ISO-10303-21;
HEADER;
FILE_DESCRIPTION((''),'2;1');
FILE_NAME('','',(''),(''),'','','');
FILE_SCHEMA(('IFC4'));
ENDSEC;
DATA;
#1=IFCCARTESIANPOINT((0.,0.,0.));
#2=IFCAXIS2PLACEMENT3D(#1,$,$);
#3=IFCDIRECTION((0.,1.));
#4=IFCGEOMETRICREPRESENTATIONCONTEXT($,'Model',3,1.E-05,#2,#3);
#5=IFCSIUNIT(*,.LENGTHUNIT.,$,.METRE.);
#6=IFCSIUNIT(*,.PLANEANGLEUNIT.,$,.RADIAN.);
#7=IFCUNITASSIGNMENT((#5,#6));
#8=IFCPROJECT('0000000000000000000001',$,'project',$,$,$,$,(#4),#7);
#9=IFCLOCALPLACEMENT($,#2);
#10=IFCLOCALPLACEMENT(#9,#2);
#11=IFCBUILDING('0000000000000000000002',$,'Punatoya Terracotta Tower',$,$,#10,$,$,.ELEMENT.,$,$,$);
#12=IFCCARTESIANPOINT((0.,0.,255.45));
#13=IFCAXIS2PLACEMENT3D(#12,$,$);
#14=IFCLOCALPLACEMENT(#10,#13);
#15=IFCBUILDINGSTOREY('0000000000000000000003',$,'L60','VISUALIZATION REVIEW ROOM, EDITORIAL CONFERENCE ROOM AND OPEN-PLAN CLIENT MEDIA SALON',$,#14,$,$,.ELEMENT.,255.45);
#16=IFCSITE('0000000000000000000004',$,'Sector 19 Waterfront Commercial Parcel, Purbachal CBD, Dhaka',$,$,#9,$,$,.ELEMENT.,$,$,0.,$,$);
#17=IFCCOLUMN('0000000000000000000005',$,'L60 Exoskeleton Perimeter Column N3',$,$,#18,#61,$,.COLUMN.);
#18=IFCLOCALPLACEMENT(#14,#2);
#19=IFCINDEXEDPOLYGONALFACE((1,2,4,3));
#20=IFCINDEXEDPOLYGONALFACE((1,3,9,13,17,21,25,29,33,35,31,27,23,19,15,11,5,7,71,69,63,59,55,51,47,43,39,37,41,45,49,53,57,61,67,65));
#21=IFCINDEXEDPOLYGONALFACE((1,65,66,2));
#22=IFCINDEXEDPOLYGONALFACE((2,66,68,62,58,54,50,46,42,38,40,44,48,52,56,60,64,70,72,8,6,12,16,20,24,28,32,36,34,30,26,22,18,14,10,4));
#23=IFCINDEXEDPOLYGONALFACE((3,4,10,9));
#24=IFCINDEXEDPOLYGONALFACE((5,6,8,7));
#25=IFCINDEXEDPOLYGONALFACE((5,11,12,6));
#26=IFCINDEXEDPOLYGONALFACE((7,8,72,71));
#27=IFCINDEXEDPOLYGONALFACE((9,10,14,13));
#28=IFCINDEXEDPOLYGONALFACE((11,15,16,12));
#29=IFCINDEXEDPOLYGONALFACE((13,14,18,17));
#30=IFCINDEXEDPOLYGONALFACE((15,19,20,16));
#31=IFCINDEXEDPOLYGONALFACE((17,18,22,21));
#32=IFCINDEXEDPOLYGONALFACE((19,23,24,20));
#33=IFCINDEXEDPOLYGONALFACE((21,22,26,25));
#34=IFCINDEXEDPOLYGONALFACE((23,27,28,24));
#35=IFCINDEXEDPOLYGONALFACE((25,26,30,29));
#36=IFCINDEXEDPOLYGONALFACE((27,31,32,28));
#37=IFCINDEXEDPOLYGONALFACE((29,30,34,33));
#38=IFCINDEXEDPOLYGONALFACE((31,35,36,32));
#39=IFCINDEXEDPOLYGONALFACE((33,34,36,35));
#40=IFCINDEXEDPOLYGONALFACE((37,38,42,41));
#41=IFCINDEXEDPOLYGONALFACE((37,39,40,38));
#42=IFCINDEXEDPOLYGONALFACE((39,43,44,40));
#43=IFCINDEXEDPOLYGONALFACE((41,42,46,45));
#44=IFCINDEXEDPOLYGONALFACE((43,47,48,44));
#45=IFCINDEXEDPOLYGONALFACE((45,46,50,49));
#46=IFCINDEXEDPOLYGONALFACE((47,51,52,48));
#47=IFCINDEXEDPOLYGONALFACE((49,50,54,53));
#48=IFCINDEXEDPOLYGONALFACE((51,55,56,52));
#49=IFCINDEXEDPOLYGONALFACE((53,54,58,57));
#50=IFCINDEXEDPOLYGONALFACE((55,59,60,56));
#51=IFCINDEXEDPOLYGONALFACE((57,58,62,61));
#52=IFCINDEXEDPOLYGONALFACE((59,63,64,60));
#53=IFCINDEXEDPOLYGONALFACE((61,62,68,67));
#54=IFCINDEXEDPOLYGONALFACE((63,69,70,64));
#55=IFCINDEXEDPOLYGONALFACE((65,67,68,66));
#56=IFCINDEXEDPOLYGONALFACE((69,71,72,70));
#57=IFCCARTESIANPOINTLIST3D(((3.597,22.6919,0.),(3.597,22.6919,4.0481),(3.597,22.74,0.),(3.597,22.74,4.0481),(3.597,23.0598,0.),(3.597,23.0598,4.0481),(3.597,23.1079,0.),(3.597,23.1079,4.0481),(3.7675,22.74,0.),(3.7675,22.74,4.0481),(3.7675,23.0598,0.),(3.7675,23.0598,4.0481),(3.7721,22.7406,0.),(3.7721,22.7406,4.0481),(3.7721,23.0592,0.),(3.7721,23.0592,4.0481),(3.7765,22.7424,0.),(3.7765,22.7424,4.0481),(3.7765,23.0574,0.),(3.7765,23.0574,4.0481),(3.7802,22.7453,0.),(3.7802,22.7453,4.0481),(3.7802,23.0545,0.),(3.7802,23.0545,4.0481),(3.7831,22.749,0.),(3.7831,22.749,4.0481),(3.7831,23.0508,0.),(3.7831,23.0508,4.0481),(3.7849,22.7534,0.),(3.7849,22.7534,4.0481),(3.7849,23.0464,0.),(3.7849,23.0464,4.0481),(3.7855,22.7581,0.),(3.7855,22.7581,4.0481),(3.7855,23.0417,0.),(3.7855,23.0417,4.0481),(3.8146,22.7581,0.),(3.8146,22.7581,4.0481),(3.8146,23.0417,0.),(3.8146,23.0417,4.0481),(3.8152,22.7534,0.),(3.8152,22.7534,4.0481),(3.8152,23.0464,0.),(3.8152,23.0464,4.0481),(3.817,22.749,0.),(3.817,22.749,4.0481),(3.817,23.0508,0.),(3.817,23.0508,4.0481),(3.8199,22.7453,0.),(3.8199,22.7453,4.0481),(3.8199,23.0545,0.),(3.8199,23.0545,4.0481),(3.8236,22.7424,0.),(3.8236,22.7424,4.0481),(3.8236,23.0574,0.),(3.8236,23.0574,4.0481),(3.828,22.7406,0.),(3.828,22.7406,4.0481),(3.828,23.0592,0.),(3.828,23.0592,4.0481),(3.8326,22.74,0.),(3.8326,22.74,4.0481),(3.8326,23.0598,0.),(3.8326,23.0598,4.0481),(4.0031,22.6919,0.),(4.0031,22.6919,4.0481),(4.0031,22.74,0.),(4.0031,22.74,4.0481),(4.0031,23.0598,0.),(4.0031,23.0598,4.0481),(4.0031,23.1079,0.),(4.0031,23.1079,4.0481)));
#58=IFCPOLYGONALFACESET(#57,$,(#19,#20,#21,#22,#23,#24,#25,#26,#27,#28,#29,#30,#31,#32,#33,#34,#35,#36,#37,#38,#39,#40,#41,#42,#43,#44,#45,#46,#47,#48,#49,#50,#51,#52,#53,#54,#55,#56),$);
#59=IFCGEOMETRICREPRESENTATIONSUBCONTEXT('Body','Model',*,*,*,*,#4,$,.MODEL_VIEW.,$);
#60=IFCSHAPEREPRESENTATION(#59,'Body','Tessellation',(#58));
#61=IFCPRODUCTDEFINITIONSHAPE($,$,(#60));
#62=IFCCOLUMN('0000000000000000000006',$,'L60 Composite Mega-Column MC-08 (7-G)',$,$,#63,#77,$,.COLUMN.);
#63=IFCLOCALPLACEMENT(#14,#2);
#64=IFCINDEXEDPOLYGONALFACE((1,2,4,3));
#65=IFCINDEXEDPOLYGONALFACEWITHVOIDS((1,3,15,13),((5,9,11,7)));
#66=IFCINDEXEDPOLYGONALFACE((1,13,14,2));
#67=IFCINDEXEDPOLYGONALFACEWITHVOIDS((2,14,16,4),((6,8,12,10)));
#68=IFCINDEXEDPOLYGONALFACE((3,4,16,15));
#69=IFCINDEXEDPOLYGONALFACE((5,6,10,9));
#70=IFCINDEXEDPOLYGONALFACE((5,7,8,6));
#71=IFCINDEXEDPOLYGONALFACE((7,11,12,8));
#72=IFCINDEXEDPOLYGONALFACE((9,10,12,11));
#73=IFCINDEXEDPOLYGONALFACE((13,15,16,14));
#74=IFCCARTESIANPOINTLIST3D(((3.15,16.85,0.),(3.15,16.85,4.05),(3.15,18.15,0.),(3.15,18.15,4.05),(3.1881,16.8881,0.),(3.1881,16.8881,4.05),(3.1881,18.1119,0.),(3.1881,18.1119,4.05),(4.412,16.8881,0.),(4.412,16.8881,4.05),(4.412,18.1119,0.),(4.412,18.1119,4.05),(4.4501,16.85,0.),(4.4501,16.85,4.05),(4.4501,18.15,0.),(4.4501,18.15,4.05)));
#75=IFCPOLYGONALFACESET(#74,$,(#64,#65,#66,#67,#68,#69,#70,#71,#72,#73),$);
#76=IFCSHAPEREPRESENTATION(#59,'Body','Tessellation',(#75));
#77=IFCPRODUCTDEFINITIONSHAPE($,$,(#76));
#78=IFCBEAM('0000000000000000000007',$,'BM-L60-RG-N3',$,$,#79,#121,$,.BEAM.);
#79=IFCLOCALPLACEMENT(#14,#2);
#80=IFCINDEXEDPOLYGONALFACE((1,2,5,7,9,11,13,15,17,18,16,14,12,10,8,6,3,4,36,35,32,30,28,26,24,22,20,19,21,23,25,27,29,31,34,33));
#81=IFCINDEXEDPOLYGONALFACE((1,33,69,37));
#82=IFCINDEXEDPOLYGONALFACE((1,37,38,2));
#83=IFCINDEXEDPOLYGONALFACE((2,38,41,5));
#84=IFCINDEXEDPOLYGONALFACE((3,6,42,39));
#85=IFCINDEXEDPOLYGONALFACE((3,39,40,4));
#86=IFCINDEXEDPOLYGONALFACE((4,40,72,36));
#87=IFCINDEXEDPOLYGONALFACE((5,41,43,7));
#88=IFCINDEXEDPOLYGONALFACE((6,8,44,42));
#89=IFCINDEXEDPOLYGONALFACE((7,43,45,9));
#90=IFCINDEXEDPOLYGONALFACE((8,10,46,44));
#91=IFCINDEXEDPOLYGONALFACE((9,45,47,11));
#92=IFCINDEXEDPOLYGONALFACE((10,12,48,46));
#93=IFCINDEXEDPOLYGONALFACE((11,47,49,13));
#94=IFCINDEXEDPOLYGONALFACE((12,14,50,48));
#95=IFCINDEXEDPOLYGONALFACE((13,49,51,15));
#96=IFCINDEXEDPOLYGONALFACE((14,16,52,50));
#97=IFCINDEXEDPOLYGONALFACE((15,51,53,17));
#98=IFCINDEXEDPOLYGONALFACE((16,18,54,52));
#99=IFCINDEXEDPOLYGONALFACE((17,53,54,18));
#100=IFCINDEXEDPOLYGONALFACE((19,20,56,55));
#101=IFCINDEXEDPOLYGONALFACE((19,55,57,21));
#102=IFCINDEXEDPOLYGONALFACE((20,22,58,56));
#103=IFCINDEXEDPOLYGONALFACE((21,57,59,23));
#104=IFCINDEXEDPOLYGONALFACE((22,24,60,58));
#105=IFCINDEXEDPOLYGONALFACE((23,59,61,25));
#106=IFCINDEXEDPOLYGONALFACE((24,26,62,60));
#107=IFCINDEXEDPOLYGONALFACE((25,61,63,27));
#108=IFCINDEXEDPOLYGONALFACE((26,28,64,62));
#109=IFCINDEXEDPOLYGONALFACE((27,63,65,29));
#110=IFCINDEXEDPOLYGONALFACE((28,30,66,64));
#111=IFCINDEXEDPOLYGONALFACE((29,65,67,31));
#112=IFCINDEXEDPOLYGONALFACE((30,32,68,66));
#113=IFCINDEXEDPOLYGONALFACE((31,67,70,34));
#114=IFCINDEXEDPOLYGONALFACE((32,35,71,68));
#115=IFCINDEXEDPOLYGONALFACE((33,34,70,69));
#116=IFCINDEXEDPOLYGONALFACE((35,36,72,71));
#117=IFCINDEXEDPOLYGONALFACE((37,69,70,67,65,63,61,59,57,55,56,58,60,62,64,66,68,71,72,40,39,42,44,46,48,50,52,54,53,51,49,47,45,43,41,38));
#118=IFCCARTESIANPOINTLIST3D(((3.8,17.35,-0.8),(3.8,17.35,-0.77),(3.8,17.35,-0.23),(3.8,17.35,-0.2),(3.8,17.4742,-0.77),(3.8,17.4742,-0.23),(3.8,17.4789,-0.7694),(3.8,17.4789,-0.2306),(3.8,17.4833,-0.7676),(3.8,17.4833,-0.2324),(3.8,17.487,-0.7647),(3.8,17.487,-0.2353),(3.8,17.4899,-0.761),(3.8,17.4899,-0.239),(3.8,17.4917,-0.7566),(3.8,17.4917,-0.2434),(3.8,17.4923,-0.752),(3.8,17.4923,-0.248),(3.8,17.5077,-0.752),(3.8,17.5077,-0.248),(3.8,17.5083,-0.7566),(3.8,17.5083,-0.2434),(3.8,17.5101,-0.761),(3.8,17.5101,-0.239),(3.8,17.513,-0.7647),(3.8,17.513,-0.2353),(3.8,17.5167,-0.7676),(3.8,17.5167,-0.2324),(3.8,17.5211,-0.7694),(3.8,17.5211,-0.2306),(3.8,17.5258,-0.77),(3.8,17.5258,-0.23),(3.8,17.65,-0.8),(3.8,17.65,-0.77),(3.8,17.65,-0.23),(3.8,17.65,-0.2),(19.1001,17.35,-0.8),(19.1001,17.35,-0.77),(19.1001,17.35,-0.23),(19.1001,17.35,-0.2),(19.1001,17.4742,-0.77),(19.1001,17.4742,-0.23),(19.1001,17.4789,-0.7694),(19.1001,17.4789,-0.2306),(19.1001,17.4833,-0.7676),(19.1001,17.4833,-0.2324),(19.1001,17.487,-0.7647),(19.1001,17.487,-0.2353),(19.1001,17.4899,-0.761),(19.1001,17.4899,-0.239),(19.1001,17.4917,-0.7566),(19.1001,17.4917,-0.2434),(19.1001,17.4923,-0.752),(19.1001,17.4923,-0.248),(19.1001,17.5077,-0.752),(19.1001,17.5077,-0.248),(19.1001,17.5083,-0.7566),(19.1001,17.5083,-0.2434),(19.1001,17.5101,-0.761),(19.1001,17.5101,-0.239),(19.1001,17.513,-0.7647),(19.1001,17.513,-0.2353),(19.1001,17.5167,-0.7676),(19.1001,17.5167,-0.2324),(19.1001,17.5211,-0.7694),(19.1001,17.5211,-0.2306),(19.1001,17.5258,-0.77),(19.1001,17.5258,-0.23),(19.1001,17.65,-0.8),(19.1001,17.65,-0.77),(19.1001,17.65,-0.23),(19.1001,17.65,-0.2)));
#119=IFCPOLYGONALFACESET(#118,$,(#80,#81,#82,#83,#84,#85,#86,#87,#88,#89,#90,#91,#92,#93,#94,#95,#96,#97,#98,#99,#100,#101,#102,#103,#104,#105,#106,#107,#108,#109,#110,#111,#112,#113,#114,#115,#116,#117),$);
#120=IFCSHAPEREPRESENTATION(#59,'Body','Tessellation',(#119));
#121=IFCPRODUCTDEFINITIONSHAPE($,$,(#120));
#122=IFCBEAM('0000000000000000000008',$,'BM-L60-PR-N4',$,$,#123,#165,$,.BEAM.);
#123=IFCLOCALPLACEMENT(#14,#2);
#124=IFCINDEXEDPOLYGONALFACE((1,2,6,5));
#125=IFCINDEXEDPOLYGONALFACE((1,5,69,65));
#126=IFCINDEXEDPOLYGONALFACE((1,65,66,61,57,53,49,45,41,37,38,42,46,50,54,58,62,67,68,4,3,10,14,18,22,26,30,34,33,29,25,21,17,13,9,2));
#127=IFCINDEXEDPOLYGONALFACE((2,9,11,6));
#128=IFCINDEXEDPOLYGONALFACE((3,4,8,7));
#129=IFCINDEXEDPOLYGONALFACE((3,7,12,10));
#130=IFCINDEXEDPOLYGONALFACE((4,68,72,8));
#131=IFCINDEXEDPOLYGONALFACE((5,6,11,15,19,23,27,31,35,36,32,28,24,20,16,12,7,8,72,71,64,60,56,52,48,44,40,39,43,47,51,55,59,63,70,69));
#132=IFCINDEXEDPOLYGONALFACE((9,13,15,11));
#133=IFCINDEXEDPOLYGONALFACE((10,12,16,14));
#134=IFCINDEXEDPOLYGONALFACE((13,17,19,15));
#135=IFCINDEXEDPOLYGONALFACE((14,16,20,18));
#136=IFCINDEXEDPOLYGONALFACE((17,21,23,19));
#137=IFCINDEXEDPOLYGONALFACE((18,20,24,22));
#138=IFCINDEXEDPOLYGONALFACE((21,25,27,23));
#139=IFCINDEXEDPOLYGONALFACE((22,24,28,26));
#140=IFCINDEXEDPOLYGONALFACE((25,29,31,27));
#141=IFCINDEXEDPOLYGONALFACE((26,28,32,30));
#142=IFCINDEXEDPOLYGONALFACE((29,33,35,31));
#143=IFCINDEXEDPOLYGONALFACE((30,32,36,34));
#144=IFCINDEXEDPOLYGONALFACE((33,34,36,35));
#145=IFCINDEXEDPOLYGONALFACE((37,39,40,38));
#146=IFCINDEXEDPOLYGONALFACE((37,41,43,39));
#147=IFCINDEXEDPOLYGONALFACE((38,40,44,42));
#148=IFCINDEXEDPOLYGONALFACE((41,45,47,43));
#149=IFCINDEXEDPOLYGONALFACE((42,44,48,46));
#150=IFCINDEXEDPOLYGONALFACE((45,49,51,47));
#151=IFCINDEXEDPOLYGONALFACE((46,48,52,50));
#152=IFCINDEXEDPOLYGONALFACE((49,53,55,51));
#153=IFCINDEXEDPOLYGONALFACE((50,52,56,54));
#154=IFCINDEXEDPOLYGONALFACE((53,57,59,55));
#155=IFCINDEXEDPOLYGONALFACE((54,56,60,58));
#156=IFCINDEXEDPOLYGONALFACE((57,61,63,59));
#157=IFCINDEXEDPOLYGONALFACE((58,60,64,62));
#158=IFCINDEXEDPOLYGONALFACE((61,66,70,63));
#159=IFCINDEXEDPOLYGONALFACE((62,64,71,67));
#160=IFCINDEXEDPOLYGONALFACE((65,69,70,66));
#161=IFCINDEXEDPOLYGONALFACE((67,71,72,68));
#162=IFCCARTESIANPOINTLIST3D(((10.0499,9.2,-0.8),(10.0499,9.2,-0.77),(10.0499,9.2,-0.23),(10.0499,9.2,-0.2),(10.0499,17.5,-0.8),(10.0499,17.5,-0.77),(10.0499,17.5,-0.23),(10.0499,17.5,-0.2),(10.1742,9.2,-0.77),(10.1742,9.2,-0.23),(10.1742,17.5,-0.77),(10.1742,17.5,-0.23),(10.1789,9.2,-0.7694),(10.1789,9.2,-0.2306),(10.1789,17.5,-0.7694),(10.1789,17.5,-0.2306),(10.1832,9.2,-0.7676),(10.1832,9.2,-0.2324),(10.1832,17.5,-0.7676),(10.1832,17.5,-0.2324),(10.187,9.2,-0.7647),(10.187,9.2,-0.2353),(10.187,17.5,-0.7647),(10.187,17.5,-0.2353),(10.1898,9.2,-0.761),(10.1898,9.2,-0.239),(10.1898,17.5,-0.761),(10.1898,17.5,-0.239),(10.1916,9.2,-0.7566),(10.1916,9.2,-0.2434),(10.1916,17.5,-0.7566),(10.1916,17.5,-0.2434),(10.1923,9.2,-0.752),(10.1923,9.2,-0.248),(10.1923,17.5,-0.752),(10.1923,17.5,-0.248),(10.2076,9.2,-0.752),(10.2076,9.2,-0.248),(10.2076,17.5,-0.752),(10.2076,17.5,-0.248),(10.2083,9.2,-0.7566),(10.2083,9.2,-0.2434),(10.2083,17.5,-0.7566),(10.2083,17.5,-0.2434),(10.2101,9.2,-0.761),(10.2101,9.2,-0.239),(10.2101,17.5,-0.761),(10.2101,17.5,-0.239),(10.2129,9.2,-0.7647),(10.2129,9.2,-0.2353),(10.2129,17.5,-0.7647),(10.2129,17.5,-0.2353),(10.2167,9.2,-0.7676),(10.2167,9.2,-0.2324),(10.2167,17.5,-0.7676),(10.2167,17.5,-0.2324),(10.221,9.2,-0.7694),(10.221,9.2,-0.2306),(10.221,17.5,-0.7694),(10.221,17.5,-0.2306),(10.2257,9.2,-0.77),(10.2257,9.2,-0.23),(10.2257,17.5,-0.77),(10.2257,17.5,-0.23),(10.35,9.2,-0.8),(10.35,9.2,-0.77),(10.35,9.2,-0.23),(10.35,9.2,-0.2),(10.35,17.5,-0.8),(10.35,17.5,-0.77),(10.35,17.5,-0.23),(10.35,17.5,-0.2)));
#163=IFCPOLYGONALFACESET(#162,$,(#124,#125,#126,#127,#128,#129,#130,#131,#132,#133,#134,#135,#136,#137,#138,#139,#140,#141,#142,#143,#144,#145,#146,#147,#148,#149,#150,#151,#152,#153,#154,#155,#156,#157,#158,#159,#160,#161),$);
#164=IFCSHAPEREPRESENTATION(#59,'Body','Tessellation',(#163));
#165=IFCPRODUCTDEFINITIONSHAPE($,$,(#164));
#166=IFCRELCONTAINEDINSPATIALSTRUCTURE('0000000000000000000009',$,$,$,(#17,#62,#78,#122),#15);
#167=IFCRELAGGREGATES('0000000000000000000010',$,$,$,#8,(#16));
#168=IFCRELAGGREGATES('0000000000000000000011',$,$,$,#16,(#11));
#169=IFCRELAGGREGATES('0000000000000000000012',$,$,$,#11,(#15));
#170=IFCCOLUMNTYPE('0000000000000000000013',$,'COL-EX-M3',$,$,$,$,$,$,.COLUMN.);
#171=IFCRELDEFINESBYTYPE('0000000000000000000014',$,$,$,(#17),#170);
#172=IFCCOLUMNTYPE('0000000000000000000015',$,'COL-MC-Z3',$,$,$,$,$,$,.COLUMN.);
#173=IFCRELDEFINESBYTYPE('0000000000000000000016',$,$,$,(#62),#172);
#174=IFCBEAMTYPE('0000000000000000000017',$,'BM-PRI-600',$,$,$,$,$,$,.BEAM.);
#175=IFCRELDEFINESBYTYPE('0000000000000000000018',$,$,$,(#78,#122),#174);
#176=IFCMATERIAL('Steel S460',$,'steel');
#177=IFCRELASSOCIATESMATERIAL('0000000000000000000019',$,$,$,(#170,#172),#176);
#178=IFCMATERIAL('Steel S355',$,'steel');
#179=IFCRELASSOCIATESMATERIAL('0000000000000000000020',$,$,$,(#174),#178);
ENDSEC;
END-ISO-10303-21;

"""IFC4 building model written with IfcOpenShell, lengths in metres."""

from ifc_helpers import new_model, si_unit, direction, frame, origin, origin_2d, place, context, subcontext, project, spatial, hollow_rectangle, i_section, extrude, material, material_profile, profile_set, type_object, element, save


model = new_model("IFC4")

# Units and contexts
model_context = context("Model", 3, precision=1e-05, world=origin(), true_north=direction((0.0, 1.0)))
body_context = subcontext(model_context, "Body", "Model", "MODEL_VIEW")
ifc_project = project(units=[si_unit("LENGTHUNIT", "METRE"), si_unit("PLANEANGLEUNIT", "RADIAN")], contexts=[model_context])

# Site, building, storey
site_placement = place(None, origin())
site = spatial("IfcSite", under=ifc_project, at=site_placement, Name="Sector 19 Waterfront Commercial Parcel, Purbachal CBD, Dhaka", CompositionType="ELEMENT", RefElevation=0.0)
building_placement = place(site_placement, origin())
building = spatial("IfcBuilding", under=site, at=building_placement, Name="Punatoya Terracotta Tower", CompositionType="ELEMENT")
storey_placement = place(building_placement, frame((0.0, 0.0, 255.45)))
storey = spatial("IfcBuildingStorey", under=building, at=storey_placement, Name="L60", Description="VISUALIZATION REVIEW ROOM, EDITORIAL CONFERENCE ROOM AND OPEN-PLAN CLIENT MEDIA SALON", CompositionType="ELEMENT", Elevation=255.45)

# Columns
ifc_material_1 = material(Name="Steel S460", Category="steel")
ifc_material_profile_1 = material_profile(ifc_material_1, i_section(OverallWidth=0.406, OverallDepth=0.416, WebThickness=0.0291, FlangeThickness=0.0481, FilletRadius=0.0181, at=origin_2d()))
ifc_profile_set_1 = profile_set([ifc_material_profile_1], Name="Steel S460")
column_type_1 = type_object("IfcColumnType", Name="COL-EX-M3", PredefinedType="COLUMN", material=ifc_profile_set_1)
column_1_placement = place(storey_placement, frame((3.8, 22.8999, 0.0), z_axis=(0.0, 0.0, 1.0), x_axis=(1.0, 0.0, 0.0)))
element("IfcColumn", 1, at=column_1_placement, inside=storey, type_object=column_type_1, Name="L60 Exoskeleton Perimeter Column N3", PredefinedType="COLUMN", context=body_context, shape_type="SweptSolid", body=[
    extrude(i_section(OverallWidth=0.406, OverallDepth=0.416, WebThickness=0.0291, FlangeThickness=0.0481, FilletRadius=0.0181, at=origin_2d()), origin(), (0.0, 0.0, 1.0), 4.0481),
])
ifc_material_profile_2 = material_profile(ifc_material_1, hollow_rectangle(XDim=1.3, YDim=1.3, WallThickness=0.0381, at=origin_2d()))
ifc_profile_set_2 = profile_set([ifc_material_profile_2], Name="Steel S460")
column_type_2 = type_object("IfcColumnType", Name="COL-MC-Z3", PredefinedType="COLUMN", material=ifc_profile_set_2)
column_2_placement = place(storey_placement, frame((3.8, 17.5, 0.0), z_axis=(0.0, 0.0, 1.0), x_axis=(1.0, 0.0, 0.0)))
element("IfcColumn", 2, at=column_2_placement, inside=storey, type_object=column_type_2, Name="L60 Composite Mega-Column MC-08 (7-G)", PredefinedType="COLUMN", context=body_context, shape_type="SweptSolid", body=[
    extrude(hollow_rectangle(XDim=1.3, YDim=1.3, WallThickness=0.0381, at=origin_2d()), origin(), (0.0, 0.0, 1.0), 4.05),
])

# Beams
ifc_material_2 = material(Name="Steel S355", Category="steel")
ifc_material_profile_3 = material_profile(ifc_material_2, i_section(OverallWidth=0.3, OverallDepth=0.6001, WebThickness=0.0154, FlangeThickness=0.03, FilletRadius=0.0181, at=origin_2d()))
ifc_profile_set_3 = profile_set([ifc_material_profile_3], Name="Steel S355")
beam_type_1 = type_object("IfcBeamType", Name="BM-PRI-600", PredefinedType="BEAM", material=ifc_profile_set_3)
beam_1_placement = place(storey_placement, frame((3.8, 17.5, -0.5), z_axis=(1.0, 0.0, 0.0), x_axis=(0.0, 1.0, 0.0)))
element("IfcBeam", 3, at=beam_1_placement, inside=storey, type_object=beam_type_1, Name="BM-L60-RG-N3", PredefinedType="BEAM", context=body_context, shape_type="SweptSolid", body=[
    extrude(i_section(OverallWidth=0.3, OverallDepth=0.6001, WebThickness=0.0154, FlangeThickness=0.03, FilletRadius=0.0181, at=origin_2d()), origin(), (0.0, 0.0, 1.0), 15.3),
])
beam_2_placement = place(storey_placement, frame((10.2, 9.2, -0.5), z_axis=(0.0, 1.0, 0.0), x_axis=(-1.0, 0.0, 0.0)))
element("IfcBeam", 4, at=beam_2_placement, inside=storey, type_object=beam_type_1, Name="BM-L60-PR-N4", PredefinedType="BEAM", context=body_context, shape_type="SweptSolid", body=[
    extrude(i_section(OverallWidth=0.3, OverallDepth=0.6001, WebThickness=0.0154, FlangeThickness=0.03, FilletRadius=0.0181, at=origin_2d()), origin(), (0.0, 0.0, 1.0), 8.3),
])

save(model, "model.ifc")
